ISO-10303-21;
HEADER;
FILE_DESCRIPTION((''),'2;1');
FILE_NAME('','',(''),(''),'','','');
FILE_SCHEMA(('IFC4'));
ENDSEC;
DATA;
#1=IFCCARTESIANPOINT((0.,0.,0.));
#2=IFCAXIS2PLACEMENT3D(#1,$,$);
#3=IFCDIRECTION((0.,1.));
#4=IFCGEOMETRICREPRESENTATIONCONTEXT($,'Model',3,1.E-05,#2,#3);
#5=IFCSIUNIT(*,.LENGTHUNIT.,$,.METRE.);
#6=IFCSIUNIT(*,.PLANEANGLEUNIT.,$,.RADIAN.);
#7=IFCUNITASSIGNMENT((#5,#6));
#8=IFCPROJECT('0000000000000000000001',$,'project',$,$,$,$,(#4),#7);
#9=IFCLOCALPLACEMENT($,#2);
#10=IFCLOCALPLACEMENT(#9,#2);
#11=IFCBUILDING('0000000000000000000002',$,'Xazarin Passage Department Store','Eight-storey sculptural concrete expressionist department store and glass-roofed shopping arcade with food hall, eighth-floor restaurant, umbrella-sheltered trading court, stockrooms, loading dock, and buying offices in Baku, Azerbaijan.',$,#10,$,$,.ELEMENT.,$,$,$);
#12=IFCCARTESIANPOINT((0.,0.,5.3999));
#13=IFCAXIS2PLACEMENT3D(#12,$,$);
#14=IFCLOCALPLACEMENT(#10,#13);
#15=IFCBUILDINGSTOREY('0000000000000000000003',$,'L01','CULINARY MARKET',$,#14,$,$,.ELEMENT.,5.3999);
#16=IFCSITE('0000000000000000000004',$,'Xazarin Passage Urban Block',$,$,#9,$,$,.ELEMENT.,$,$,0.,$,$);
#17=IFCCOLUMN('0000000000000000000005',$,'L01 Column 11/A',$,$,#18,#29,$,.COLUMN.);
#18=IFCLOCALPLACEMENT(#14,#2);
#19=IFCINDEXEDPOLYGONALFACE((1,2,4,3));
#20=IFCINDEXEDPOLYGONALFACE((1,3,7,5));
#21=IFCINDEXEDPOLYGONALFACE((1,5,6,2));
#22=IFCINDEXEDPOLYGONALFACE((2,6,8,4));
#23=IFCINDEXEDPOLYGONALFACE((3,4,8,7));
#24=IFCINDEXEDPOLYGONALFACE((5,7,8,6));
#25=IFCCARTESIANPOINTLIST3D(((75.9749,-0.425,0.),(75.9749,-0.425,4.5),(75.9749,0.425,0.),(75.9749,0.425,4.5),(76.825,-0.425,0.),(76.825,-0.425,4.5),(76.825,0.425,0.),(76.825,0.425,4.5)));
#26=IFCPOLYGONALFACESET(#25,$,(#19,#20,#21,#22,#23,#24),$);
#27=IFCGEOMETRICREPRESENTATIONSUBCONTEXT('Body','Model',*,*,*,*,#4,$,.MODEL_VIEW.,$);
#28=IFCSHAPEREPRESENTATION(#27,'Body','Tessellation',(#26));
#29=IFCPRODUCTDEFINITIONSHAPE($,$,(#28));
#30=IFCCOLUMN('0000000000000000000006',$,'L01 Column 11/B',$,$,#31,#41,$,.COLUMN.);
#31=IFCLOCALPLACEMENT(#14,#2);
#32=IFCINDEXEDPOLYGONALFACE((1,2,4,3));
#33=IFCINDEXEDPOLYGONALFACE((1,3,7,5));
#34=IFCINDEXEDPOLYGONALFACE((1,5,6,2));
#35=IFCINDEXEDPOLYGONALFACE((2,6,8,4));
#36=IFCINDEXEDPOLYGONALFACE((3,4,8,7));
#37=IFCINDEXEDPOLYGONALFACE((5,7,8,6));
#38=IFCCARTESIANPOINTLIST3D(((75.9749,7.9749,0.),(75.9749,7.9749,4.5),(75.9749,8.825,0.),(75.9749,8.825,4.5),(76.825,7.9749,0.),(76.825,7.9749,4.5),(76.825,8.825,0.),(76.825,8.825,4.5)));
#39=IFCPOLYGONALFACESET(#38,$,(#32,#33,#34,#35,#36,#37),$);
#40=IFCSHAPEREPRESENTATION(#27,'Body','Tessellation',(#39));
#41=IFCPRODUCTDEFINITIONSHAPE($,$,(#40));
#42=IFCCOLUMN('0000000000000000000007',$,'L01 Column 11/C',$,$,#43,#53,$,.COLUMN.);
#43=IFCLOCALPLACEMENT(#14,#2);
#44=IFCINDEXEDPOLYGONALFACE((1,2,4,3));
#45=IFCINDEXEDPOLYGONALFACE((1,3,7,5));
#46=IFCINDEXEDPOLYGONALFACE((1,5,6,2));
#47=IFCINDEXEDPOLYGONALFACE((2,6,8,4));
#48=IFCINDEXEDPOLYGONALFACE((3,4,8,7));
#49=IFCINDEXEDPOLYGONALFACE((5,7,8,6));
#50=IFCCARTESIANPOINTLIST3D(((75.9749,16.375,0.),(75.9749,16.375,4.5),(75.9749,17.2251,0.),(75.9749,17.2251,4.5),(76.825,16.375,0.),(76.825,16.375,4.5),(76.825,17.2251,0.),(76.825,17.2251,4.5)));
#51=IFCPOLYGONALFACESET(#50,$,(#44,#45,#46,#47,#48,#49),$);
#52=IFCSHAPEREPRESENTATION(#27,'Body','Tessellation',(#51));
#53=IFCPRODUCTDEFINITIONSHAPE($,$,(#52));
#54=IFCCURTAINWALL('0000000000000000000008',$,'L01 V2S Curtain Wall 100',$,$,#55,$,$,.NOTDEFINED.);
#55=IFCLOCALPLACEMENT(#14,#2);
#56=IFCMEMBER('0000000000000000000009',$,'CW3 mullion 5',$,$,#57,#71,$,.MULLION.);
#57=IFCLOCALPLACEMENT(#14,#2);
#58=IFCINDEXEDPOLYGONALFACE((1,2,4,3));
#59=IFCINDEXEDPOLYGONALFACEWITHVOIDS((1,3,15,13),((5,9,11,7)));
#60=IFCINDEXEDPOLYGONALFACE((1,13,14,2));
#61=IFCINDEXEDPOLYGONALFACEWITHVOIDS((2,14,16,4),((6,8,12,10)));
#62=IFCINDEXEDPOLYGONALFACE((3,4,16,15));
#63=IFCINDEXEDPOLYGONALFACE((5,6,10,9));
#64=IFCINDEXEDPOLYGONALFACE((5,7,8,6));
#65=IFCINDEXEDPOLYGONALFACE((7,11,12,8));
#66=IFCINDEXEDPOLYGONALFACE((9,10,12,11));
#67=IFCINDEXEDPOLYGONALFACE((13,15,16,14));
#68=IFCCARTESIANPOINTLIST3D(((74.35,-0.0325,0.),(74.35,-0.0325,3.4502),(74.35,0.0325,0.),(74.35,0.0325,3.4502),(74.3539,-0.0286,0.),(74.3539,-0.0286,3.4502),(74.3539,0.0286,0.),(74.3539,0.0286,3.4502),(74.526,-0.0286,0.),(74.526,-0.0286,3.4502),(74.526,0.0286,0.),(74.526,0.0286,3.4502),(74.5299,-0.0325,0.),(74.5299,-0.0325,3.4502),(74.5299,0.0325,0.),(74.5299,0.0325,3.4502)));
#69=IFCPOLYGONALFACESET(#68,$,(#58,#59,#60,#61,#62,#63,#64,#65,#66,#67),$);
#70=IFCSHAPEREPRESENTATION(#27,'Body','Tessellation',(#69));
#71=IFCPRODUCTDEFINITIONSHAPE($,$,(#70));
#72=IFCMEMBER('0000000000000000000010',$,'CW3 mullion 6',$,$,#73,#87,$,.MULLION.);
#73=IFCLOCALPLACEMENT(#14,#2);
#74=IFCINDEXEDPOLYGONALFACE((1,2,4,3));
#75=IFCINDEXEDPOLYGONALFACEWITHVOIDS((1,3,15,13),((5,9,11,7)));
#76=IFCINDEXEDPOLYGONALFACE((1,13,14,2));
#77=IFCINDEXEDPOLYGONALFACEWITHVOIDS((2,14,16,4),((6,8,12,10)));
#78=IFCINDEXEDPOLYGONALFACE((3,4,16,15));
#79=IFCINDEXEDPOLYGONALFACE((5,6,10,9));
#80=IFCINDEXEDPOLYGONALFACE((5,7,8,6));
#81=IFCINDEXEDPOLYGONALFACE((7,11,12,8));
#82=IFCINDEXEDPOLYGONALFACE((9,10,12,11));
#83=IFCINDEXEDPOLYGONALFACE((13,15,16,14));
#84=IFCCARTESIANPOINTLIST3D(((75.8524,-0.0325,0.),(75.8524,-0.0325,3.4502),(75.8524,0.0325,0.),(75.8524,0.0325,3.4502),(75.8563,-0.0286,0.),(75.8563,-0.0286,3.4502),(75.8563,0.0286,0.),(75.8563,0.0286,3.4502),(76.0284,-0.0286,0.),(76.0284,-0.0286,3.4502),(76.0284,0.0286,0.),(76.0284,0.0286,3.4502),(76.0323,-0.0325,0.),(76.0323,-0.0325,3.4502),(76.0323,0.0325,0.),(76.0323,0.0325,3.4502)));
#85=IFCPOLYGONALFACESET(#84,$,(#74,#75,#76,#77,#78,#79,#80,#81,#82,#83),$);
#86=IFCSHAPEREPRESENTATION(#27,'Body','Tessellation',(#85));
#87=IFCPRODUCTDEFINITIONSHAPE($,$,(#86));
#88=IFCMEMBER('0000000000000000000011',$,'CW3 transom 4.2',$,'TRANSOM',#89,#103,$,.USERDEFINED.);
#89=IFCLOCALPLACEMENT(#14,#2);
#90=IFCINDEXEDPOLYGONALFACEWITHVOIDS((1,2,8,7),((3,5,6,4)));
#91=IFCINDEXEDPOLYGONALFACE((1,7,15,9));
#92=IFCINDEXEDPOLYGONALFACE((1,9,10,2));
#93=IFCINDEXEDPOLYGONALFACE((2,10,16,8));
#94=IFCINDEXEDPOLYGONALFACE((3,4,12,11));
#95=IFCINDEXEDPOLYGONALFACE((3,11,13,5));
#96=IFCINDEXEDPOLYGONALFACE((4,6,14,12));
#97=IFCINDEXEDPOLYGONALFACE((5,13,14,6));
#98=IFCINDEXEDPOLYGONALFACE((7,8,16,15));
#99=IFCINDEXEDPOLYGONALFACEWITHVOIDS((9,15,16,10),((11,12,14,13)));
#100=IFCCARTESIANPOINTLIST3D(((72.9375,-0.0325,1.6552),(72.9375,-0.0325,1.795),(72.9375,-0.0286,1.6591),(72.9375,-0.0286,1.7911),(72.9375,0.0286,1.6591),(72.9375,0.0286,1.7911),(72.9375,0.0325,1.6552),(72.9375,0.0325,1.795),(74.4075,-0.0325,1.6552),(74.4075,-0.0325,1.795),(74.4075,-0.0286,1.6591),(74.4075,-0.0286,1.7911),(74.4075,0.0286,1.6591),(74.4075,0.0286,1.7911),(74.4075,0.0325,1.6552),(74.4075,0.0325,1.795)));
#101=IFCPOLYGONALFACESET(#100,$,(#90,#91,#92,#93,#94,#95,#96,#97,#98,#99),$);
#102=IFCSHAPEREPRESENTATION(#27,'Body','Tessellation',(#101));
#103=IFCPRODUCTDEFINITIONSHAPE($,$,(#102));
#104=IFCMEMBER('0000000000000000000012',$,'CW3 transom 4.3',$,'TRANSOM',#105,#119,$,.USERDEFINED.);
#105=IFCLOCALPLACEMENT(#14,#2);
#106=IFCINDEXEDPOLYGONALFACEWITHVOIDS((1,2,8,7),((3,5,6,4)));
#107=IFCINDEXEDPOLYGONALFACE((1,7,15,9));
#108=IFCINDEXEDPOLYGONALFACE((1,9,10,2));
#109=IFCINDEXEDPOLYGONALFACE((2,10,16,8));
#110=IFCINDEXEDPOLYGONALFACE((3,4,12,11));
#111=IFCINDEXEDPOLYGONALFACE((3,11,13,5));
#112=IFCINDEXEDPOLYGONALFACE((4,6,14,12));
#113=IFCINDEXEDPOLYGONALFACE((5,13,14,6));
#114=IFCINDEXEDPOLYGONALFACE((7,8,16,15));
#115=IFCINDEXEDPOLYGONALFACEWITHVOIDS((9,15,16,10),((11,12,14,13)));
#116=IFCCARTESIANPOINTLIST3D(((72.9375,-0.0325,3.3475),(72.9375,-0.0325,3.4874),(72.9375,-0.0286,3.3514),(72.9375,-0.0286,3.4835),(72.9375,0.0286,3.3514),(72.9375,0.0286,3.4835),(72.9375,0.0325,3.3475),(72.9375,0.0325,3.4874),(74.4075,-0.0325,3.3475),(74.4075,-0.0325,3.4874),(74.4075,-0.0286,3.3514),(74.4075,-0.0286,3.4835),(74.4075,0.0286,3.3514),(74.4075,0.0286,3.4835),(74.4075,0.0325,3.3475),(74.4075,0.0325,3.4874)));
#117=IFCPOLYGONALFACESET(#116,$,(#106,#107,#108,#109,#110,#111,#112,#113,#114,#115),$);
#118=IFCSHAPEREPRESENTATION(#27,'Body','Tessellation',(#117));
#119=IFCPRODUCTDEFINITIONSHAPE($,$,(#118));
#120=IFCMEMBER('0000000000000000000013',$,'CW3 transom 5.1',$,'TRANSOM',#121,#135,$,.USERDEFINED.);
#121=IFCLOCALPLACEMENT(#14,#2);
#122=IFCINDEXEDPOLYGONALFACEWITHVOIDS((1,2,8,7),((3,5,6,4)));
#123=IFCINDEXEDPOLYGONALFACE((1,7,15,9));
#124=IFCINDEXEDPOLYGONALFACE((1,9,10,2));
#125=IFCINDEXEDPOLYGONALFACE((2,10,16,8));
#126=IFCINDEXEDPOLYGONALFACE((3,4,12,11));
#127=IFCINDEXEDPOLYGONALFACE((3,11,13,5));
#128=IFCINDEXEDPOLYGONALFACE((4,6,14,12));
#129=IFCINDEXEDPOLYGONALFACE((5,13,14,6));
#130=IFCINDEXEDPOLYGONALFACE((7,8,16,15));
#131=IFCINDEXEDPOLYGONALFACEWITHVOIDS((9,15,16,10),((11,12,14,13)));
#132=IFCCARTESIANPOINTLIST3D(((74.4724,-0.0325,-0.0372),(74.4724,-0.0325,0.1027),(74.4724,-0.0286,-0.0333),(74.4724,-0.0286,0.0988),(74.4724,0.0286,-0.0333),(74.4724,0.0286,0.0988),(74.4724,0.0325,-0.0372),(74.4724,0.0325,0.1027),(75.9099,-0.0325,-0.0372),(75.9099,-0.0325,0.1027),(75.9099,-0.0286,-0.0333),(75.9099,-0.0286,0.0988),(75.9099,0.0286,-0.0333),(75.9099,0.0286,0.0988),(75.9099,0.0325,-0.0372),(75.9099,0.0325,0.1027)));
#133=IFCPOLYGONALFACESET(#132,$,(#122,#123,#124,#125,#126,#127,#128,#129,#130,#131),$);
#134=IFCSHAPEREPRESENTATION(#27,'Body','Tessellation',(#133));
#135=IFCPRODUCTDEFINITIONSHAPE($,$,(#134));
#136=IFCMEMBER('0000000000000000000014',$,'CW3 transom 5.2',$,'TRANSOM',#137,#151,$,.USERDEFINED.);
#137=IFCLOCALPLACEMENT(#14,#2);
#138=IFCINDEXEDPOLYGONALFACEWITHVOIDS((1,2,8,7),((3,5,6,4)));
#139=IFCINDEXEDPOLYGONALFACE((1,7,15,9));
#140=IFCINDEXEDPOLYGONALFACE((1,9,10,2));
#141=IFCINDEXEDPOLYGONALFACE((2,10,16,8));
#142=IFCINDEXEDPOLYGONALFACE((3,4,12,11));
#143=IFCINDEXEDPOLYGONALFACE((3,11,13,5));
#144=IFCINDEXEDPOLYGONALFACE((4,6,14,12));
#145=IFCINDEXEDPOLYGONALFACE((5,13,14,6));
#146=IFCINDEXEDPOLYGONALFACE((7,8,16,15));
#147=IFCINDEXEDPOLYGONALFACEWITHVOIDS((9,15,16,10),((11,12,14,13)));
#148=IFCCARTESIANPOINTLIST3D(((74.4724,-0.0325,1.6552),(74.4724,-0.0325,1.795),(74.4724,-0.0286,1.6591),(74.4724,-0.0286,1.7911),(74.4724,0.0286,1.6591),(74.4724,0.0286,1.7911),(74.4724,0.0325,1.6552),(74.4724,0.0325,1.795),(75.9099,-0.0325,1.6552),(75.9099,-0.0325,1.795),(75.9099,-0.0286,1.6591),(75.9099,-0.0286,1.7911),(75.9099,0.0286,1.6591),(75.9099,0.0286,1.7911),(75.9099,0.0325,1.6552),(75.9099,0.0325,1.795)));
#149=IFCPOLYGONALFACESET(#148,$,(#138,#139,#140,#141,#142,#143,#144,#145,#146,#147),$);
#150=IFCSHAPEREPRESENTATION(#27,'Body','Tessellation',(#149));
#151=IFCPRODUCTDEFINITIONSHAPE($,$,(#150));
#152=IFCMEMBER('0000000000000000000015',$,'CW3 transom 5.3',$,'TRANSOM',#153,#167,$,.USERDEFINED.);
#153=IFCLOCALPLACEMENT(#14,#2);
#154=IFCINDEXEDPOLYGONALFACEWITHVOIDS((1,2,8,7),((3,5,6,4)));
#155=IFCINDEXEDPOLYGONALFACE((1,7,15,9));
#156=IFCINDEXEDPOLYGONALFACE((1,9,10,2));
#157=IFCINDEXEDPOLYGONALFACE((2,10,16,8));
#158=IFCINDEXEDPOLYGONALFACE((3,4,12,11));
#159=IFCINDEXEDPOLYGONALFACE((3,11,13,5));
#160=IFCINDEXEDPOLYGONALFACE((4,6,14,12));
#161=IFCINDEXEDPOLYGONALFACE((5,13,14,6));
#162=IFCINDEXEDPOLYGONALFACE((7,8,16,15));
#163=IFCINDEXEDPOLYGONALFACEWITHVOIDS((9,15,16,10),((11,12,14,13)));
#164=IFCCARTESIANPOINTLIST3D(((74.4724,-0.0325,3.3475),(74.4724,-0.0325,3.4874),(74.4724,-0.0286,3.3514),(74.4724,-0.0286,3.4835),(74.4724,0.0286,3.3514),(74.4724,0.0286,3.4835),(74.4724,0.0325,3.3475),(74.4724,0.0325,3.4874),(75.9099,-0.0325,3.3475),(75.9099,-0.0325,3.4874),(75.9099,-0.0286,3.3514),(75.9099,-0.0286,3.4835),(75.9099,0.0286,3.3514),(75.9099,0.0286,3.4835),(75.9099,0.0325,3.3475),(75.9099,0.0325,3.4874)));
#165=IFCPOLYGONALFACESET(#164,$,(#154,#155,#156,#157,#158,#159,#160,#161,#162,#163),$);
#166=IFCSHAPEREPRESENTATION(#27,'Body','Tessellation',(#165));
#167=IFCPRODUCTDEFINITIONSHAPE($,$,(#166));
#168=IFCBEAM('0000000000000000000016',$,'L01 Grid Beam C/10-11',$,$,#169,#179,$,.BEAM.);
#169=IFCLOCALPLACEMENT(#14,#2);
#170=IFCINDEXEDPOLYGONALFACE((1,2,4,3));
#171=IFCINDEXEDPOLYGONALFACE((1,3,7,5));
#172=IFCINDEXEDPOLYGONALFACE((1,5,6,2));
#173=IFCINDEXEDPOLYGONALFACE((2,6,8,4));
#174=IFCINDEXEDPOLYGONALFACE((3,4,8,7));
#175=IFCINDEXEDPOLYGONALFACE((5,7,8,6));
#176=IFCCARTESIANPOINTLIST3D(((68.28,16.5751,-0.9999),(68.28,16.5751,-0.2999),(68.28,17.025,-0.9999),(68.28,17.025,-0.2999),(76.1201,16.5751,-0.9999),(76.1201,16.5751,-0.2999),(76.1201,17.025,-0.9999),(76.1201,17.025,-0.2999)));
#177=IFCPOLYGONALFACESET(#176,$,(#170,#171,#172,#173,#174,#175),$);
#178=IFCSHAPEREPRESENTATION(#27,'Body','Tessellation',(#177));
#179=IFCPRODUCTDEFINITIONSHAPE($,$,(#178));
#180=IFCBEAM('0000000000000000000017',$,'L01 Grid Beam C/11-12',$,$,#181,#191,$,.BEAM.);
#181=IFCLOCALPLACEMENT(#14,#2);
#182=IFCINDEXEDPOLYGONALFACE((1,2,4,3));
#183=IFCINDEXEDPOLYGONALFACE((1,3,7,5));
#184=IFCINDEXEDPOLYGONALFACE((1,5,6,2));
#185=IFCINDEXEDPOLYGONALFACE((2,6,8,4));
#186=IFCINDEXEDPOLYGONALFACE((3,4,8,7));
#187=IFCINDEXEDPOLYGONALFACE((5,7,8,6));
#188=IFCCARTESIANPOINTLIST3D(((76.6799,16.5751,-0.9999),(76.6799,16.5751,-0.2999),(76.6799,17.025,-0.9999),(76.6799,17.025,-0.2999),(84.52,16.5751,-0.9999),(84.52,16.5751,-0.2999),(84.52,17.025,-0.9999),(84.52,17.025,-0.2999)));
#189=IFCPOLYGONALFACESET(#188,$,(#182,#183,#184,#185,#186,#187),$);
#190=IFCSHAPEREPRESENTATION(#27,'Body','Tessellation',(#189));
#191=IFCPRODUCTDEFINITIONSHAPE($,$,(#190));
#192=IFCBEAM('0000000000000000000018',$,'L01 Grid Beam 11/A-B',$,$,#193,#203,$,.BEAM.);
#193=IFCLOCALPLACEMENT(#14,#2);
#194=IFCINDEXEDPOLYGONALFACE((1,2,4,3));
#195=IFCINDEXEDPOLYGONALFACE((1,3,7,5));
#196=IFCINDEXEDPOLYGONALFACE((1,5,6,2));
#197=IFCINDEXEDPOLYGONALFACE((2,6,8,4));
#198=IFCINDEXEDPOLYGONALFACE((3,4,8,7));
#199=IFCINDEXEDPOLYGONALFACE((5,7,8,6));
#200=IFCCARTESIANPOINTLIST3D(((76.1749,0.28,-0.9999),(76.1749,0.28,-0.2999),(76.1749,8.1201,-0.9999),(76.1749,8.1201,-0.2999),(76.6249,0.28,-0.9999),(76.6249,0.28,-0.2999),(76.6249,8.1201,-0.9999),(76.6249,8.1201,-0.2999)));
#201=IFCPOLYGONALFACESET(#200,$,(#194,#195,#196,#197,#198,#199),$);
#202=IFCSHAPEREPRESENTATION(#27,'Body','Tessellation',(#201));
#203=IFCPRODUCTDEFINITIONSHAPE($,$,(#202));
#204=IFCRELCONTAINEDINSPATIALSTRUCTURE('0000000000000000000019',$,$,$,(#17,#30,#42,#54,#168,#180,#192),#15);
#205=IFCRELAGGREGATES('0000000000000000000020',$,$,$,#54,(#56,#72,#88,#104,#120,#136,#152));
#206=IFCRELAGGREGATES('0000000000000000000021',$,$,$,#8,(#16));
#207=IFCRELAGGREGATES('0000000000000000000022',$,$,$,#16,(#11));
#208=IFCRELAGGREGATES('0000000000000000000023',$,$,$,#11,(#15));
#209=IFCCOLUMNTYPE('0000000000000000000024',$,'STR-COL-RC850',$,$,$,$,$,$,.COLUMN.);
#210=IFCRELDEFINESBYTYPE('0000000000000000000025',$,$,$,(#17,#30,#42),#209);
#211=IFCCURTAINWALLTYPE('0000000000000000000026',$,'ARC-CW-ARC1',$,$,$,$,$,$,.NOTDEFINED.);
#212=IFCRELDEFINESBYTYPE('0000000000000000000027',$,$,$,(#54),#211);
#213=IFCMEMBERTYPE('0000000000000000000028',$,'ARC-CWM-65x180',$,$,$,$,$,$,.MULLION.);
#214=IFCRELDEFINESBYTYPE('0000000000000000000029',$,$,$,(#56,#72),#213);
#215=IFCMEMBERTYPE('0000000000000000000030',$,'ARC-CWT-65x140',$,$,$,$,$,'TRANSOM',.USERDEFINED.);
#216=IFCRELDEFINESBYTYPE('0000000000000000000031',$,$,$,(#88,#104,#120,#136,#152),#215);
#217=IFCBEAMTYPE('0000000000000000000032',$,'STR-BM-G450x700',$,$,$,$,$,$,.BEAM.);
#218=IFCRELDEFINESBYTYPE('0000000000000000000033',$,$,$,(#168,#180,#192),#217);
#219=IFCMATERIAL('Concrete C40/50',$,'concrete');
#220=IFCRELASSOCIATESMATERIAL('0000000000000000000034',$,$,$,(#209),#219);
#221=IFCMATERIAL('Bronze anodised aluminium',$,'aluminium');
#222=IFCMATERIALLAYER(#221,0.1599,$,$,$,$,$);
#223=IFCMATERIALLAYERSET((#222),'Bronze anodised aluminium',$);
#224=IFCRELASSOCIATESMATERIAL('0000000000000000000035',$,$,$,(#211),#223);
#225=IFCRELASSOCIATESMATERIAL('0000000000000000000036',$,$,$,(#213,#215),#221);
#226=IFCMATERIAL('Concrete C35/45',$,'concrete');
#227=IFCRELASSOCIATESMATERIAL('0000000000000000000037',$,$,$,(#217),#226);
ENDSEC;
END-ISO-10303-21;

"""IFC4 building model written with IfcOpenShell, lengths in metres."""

from ifc_helpers import new_model, si_unit, direction, frame, origin, origin_2d, place, context, subcontext, project, spatial, rectangle, hollow_rectangle, extrude, material, layer, layer_set, material_profile, profile_set, type_object, element, aggregate, save


model = new_model("IFC4")

# Units and contexts
model_context = context("Model", 3, precision=1e-05, world=origin(), true_north=direction((0.0, 1.0)))
body_context = subcontext(model_context, "Body", "Model", "MODEL_VIEW")
ifc_project = project(units=[si_unit("LENGTHUNIT", "METRE"), si_unit("PLANEANGLEUNIT", "RADIAN")], contexts=[model_context])

# Site, building, storey
site_placement = place(None, origin())
site = spatial("IfcSite", under=ifc_project, at=site_placement, Name="Xazarin Passage Urban Block", CompositionType="ELEMENT", RefElevation=0.0)
building_placement = place(site_placement, origin())
building = spatial("IfcBuilding", under=site, at=building_placement, Name="Xazarin Passage Department Store", Description="Eight-storey sculptural concrete expressionist department store and glass-roofed shopping arcade with food hall, eighth-floor restaurant, umbrella-sheltered trading court, stockrooms, loading dock, and buying offices in Baku, Azerbaijan.", CompositionType="ELEMENT")
storey_placement = place(building_placement, frame((0.0, 0.0, 5.3999)))
storey = spatial("IfcBuildingStorey", under=building, at=storey_placement, Name="L01", Description="CULINARY MARKET", CompositionType="ELEMENT", Elevation=5.3999)

# Columns
ifc_material_1 = material(Name="Concrete C40/50", Category="concrete")
ifc_material_profile_1 = material_profile(ifc_material_1, rectangle(XDim=0.8501, YDim=0.8501, at=origin_2d()), Name="RC 850x850")
ifc_profile_set_1 = profile_set([ifc_material_profile_1], Name="Concrete C40/50")
column_type = type_object("IfcColumnType", Name="STR-COL-RC850", PredefinedType="COLUMN", material=ifc_profile_set_1)
for number, where, z_axis, x_axis, name in (
    (1, (76.3999, 0.0, 0.0), (0.0, 0.0, 1.0), (1.0, 0.0, 0.0), "L01 Column 11/A"),
    (2, (76.3999, 8.3999, 0.0), (0.0, 0.0, 1.0), (1.0, 0.0, 0.0), "L01 Column 11/B"),
    (3, (76.3999, 16.8, 0.0), (0.0, 0.0, 1.0), (1.0, 0.0, 0.0), "L01 Column 11/C"),
):
    element("IfcColumn", number, at=place(storey_placement, frame(where, z_axis=z_axis, x_axis=x_axis)), inside=storey, type_object=column_type, Name=name, PredefinedType="COLUMN", context=body_context, shape_type="SweptSolid", body=[
        extrude(rectangle(XDim=0.8501, YDim=0.8501, at=origin_2d()), origin(), (0.0, 0.0, 1.0), 4.5),
    ])

# Curtain wall, members
ifc_material_2 = material(Name="Bronze anodised aluminium", Category="aluminium")
ifc_layer_1 = layer(ifc_material_2, 0.1599)
ifc_layer_set_1 = layer_set([ifc_layer_1], Name="Bronze anodised aluminium")
curtain_wall_type = type_object("IfcCurtainWallType", Name="ARC-CW-ARC1", PredefinedType="NOTDEFINED", material=ifc_layer_set_1)
curtain_wall_placement = place(storey_placement, origin())
curtain_wall = element("IfcCurtainWall", 4, at=curtain_wall_placement, inside=storey, type_object=curtain_wall_type, Name="L01 V2S Curtain Wall 100", PredefinedType="NOTDEFINED")
ifc_material_profile_2 = material_profile(ifc_material_2, hollow_rectangle(XDim=0.0649, YDim=0.1799, WallThickness=0.0039, at=origin_2d()), Name="ALU 65x180")
ifc_profile_set_2 = profile_set([ifc_material_profile_2], Name="Bronze anodised aluminium")
member_type_1 = type_object("IfcMemberType", Name="ARC-CWM-65x180", PredefinedType="MULLION", material=ifc_profile_set_2)
member_1_placement = place(storey_placement, frame((74.4399, 0.0, 0.0), z_axis=(0.0, 0.0, 1.0), x_axis=(0.0, 1.0, 0.0)))
member_1 = element("IfcMember", 5, at=member_1_placement, type_object=member_type_1, Name="CW3 mullion 5", PredefinedType="MULLION", context=body_context, shape_type="SweptSolid", body=[
    extrude(hollow_rectangle(XDim=0.0649, YDim=0.1799, WallThickness=0.0039, at=origin_2d()), origin(), (0.0, 0.0, 1.0), 3.4502),
])
member_2_placement = place(storey_placement, frame((75.9424, 0.0, 0.0), z_axis=(0.0, 0.0, 1.0), x_axis=(0.0, 1.0, 0.0)))
member_2 = element("IfcMember", 6, at=member_2_placement, type_object=member_type_1, Name="CW3 mullion 6", PredefinedType="MULLION", context=body_context, shape_type="SweptSolid", body=[
    extrude(hollow_rectangle(XDim=0.0649, YDim=0.1799, WallThickness=0.0039, at=origin_2d()), origin(), (0.0, 0.0, 1.0), 3.4502),
])
ifc_material_profile_3 = material_profile(ifc_material_2, hollow_rectangle(XDim=0.0649, YDim=0.1399, WallThickness=0.0039, at=origin_2d()), Name="ALU 65x140")
ifc_profile_set_3 = profile_set([ifc_material_profile_3], Name="Bronze anodised aluminium")
member_type_2 = type_object("IfcMemberType", Name="ARC-CWT-65x140", ElementType="TRANSOM", PredefinedType="USERDEFINED", material=ifc_profile_set_3)
member_3_placement = place(storey_placement, frame((72.9375, 0.0, 1.7251), z_axis=(1.0, 0.0, 0.0), x_axis=(0.0, 1.0, 0.0)))
member_3 = element("IfcMember", 7, at=member_3_placement, type_object=member_type_2, Name="CW3 transom 4.2", ObjectType="TRANSOM", PredefinedType="USERDEFINED", context=body_context, shape_type="SweptSolid", body=[
    extrude(hollow_rectangle(XDim=0.0649, YDim=0.1399, WallThickness=0.0039, at=origin_2d()), origin(), (0.0, 0.0, 1.0), 1.47),
])
member_4_placement = place(storey_placement, frame((72.9375, 0.0, 3.4175), z_axis=(1.0, 0.0, 0.0), x_axis=(0.0, 1.0, 0.0)))
member_4 = element("IfcMember", 8, at=member_4_placement, type_object=member_type_2, Name="CW3 transom 4.3", ObjectType="TRANSOM", PredefinedType="USERDEFINED", context=body_context, shape_type="SweptSolid", body=[
    extrude(hollow_rectangle(XDim=0.0649, YDim=0.1399, WallThickness=0.0039, at=origin_2d()), origin(), (0.0, 0.0, 1.0), 1.47),
])
member_5_placement = place(storey_placement, frame((74.4724, 0.0, 0.0327), z_axis=(1.0, 0.0, 0.0), x_axis=(0.0, 1.0, 0.0)))
member_5 = element("IfcMember", 9, at=member_5_placement, type_object=member_type_2, Name="CW3 transom 5.1", ObjectType="TRANSOM", PredefinedType="USERDEFINED", context=body_context, shape_type="SweptSolid", body=[
    extrude(hollow_rectangle(XDim=0.0649, YDim=0.1399, WallThickness=0.0039, at=origin_2d()), origin(), (0.0, 0.0, 1.0), 1.4375),
])
member_6_placement = place(storey_placement, frame((74.4724, 0.0, 1.7251), z_axis=(1.0, 0.0, 0.0), x_axis=(0.0, 1.0, 0.0)))
member_6 = element("IfcMember", 10, at=member_6_placement, type_object=member_type_2, Name="CW3 transom 5.2", ObjectType="TRANSOM", PredefinedType="USERDEFINED", context=body_context, shape_type="SweptSolid", body=[
    extrude(hollow_rectangle(XDim=0.0649, YDim=0.1399, WallThickness=0.0039, at=origin_2d()), origin(), (0.0, 0.0, 1.0), 1.4375),
])
member_7_placement = place(storey_placement, frame((74.4724, 0.0, 3.4175), z_axis=(1.0, 0.0, 0.0), x_axis=(0.0, 1.0, 0.0)))
member_7 = element("IfcMember", 11, at=member_7_placement, type_object=member_type_2, Name="CW3 transom 5.3", ObjectType="TRANSOM", PredefinedType="USERDEFINED", context=body_context, shape_type="SweptSolid", body=[
    extrude(hollow_rectangle(XDim=0.0649, YDim=0.1399, WallThickness=0.0039, at=origin_2d()), origin(), (0.0, 0.0, 1.0), 1.4375),
])

# Beams
ifc_material_3 = material(Name="Concrete C35/45", Category="concrete")
ifc_material_profile_4 = material_profile(ifc_material_3, rectangle(XDim=0.45, YDim=0.7, at=origin_2d()), Name="RC 450x700")
ifc_profile_set_4 = profile_set([ifc_material_profile_4], Name="Concrete C35/45")
beam_type_1 = type_object("IfcBeamType", Name="STR-BM-G450x700", PredefinedType="BEAM", material=ifc_profile_set_4)
for number, where, z_axis, x_axis, name in (
    (12, (68.28, 16.8, -0.6499), (1.0, 0.0, 0.0), (0.0, 1.0, 0.0), "L01 Grid Beam C/10-11"),
    (13, (76.6799, 16.8, -0.6499), (1.0, 0.0, 0.0), (0.0, 1.0, 0.0), "L01 Grid Beam C/11-12"),
    (14, (76.3999, 0.28, -0.6499), (0.0, 1.0, 0.0), (-1.0, 0.0, 0.0), "L01 Grid Beam 11/A-B"),
):
    element("IfcBeam", number, at=place(storey_placement, frame(where, z_axis=z_axis, x_axis=x_axis)), inside=storey, type_object=beam_type_1, Name=name, PredefinedType="BEAM", context=body_context, shape_type="SweptSolid", body=[
        extrude(rectangle(XDim=0.45, YDim=0.7, at=origin_2d()), origin(), (0.0, 0.0, 1.0), 7.8401),
    ])

aggregate(curtain_wall, [member_1, member_2, member_3, member_4, member_5, member_6, member_7])

save(model, "model.ifc")
